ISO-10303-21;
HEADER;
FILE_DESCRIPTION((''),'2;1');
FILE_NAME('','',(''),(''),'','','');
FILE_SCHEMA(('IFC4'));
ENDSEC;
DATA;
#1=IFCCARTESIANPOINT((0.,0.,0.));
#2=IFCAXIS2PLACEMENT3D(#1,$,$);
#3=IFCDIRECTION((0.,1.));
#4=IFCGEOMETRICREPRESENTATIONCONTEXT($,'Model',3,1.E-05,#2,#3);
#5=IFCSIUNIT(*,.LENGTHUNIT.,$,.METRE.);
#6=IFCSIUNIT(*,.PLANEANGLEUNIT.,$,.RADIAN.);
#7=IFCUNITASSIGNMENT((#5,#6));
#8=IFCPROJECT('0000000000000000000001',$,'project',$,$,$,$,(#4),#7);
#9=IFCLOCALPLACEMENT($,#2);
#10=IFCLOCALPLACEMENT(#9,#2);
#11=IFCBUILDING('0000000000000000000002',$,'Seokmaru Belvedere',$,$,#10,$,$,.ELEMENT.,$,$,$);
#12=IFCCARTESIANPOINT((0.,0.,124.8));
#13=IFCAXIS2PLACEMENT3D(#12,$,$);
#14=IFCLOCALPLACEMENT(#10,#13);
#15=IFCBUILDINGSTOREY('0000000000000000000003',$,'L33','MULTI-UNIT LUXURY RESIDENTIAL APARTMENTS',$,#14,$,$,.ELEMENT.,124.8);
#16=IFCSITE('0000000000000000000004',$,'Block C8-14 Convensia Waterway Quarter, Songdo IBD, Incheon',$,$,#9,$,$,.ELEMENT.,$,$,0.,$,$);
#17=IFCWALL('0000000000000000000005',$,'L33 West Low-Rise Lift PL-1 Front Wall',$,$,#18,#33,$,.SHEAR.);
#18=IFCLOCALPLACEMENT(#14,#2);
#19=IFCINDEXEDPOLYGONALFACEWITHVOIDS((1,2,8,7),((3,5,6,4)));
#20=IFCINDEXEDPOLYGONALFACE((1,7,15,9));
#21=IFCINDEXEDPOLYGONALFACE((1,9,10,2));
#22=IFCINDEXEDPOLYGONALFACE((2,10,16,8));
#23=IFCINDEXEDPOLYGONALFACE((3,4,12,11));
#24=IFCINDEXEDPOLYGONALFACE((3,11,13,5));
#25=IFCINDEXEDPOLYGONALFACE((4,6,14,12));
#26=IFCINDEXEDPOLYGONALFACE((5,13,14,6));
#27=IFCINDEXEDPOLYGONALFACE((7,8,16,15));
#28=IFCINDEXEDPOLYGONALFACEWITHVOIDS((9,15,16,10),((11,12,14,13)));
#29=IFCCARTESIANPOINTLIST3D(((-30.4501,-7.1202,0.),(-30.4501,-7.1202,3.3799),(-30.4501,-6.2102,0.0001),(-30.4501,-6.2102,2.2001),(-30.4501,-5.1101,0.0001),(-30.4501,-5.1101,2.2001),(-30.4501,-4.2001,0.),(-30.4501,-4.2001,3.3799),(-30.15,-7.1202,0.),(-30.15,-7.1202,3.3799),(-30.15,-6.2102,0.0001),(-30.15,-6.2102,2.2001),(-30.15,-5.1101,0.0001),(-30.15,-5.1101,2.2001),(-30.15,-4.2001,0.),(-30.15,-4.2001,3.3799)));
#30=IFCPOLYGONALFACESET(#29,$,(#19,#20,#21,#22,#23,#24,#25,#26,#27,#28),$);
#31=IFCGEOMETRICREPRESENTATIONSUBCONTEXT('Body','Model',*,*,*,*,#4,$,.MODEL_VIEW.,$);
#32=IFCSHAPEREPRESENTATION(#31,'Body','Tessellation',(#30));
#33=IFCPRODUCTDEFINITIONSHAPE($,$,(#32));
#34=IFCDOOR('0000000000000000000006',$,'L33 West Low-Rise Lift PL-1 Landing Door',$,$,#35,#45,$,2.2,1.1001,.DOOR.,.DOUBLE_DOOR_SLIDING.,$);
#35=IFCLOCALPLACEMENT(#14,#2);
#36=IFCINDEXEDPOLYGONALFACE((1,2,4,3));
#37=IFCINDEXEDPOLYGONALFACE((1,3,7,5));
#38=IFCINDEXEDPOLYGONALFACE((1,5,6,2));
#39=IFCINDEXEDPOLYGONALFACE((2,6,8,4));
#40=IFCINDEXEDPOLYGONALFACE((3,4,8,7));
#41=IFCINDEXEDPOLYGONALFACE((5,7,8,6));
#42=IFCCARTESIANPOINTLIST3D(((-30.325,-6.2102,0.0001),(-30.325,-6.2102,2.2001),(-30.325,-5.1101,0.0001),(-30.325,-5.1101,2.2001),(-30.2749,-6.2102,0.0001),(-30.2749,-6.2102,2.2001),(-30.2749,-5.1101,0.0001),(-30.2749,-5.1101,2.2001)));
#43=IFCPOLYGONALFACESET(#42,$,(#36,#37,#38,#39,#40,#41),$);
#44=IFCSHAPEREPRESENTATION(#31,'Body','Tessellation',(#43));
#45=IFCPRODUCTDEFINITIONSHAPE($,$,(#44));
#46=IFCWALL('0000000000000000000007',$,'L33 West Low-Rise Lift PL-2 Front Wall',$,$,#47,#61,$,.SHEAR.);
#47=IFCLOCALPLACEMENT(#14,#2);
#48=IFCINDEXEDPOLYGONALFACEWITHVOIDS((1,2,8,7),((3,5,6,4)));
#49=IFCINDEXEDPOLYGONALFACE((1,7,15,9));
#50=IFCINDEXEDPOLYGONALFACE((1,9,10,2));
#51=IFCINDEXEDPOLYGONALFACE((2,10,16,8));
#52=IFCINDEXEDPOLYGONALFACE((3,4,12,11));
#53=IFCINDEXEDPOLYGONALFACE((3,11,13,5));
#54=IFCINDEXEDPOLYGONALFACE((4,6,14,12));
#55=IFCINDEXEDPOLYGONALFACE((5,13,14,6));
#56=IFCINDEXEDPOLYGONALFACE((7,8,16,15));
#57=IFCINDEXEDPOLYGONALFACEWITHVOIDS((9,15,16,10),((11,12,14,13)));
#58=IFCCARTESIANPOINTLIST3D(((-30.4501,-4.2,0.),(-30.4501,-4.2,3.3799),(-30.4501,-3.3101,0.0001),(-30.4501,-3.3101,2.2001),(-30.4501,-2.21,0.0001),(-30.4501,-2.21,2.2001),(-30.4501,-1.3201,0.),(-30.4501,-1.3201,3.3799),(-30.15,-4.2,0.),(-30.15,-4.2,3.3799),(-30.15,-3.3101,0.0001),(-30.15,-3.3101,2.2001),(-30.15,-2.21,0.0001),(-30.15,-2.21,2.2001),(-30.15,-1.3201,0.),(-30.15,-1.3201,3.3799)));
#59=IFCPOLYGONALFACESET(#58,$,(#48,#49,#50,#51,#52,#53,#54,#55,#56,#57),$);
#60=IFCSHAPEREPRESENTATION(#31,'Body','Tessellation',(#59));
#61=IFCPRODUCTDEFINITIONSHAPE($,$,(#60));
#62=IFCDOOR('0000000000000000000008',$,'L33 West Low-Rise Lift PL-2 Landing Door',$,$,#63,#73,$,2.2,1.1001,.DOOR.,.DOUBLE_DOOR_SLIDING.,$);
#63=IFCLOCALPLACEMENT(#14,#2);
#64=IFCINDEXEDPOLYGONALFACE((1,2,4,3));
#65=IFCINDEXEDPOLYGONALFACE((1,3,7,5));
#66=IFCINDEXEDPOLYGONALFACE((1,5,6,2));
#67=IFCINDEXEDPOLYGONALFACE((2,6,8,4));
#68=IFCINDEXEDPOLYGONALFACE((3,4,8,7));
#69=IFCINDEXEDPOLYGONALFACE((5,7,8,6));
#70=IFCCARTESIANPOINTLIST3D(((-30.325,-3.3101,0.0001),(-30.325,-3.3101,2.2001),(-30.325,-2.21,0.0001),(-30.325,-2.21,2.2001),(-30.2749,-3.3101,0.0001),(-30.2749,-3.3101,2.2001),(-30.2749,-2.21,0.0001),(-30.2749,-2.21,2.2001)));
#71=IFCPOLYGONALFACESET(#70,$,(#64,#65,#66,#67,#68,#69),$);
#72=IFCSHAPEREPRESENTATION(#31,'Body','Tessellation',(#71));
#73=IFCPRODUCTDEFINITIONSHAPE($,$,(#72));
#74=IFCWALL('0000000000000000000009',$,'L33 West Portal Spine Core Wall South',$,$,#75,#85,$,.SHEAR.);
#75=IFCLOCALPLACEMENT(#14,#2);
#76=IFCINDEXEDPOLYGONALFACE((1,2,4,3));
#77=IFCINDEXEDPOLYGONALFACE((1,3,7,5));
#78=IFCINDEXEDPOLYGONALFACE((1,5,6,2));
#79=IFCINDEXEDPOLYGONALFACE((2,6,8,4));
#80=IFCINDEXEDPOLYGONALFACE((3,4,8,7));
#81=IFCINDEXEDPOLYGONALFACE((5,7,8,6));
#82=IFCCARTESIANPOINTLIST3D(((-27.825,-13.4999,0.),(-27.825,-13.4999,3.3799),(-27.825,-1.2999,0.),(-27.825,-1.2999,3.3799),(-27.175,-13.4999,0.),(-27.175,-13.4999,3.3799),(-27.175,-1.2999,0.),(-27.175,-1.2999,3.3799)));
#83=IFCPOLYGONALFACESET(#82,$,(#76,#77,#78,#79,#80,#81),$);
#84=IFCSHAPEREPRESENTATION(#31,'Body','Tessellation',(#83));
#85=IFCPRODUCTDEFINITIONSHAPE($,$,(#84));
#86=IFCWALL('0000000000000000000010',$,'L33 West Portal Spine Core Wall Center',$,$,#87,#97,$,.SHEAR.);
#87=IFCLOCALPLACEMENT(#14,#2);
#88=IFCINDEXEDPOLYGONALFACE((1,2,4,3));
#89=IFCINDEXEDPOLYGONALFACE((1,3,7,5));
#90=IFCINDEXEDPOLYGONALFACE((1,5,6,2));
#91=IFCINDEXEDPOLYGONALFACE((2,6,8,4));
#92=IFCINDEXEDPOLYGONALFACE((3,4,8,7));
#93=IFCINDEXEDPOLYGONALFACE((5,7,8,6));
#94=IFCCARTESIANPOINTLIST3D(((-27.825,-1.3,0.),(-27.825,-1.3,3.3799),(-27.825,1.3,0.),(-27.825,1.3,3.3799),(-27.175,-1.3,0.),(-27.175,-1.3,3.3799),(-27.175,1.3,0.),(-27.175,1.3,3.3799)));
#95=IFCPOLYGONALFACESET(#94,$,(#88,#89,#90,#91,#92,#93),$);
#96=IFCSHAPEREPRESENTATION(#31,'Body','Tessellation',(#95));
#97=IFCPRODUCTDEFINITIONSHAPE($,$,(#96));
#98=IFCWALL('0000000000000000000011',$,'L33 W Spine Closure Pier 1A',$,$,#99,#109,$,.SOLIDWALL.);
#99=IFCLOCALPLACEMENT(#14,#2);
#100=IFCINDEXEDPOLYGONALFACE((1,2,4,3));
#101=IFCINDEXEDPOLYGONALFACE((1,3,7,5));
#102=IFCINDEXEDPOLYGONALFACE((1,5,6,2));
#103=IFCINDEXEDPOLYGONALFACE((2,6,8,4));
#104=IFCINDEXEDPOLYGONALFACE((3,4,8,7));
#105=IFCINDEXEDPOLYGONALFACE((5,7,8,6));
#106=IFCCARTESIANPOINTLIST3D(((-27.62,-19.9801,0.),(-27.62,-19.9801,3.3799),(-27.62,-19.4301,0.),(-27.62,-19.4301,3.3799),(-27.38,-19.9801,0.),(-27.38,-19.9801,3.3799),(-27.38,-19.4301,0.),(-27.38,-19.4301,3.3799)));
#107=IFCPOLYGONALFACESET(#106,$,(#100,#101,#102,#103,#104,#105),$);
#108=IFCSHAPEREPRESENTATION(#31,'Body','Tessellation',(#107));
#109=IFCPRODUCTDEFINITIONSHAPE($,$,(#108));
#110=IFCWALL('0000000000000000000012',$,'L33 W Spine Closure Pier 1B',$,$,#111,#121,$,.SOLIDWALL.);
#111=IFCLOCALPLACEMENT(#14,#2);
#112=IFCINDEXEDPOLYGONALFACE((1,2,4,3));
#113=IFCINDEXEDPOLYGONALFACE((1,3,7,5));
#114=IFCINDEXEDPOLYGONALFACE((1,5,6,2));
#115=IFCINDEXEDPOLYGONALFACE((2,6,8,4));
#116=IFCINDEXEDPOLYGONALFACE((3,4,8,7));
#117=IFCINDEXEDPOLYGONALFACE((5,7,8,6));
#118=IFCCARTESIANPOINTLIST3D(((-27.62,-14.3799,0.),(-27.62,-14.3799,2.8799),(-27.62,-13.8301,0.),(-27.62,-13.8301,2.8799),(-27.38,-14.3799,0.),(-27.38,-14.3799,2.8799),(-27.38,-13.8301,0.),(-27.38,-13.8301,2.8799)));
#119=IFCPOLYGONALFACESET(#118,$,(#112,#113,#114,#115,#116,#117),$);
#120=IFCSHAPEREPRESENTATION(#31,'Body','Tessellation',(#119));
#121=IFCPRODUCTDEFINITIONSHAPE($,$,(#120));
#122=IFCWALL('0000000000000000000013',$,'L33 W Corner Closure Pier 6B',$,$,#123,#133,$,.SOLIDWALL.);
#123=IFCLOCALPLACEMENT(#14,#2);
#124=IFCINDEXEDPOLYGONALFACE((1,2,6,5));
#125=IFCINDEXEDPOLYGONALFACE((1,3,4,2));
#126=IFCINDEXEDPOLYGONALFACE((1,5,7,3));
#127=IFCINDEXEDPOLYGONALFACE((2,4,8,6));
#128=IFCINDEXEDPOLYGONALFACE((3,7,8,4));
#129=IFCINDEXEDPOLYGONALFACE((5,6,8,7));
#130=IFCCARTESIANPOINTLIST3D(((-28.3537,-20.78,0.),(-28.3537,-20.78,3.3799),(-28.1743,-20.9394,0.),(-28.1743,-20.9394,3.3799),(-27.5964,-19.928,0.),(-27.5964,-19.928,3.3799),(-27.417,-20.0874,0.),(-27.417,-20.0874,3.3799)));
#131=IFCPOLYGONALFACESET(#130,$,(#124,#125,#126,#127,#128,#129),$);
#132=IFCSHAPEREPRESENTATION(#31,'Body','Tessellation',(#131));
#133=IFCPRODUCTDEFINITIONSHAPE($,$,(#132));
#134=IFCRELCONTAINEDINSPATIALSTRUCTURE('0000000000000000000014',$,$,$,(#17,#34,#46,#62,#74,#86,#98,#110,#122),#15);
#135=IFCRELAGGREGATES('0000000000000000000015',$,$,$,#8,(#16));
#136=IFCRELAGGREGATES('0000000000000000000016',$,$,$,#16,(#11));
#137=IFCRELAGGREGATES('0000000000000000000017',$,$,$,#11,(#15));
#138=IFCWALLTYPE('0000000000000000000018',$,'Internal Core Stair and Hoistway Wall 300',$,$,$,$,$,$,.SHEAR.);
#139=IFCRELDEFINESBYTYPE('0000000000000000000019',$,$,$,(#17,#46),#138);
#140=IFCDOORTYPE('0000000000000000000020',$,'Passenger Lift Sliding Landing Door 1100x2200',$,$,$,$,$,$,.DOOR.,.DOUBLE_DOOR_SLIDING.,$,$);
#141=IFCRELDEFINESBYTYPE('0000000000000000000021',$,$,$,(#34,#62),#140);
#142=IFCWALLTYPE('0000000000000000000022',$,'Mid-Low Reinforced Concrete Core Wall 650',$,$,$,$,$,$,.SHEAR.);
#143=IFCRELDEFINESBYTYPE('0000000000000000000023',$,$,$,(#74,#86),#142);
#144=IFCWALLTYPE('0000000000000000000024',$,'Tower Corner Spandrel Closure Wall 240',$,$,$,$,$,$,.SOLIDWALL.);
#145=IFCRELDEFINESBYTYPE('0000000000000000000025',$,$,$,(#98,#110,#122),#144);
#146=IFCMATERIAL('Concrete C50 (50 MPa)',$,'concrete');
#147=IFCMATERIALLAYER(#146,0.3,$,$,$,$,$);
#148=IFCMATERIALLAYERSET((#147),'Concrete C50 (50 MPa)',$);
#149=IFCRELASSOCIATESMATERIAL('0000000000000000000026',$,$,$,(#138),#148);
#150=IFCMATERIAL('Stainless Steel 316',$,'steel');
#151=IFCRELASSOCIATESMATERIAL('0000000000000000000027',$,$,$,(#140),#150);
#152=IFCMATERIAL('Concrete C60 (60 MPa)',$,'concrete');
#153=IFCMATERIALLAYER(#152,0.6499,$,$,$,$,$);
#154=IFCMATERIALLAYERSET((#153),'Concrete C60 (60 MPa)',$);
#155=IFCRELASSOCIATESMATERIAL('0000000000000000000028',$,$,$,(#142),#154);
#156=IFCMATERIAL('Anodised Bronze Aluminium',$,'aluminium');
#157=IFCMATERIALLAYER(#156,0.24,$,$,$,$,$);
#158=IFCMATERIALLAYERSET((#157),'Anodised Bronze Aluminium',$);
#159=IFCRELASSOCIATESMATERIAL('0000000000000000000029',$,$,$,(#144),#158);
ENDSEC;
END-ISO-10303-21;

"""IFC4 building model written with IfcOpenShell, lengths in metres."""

from ifc_helpers import new_model, si_unit, direction, frame, frame_2d, origin, place, context, subcontext, project, spatial, rectangle, extrude, source, transform, mapped, material, layer, layer_set, type_object, type_shapes, element, fill, save


model = new_model("IFC4")

# Units and contexts
model_context = context("Model", 3, precision=1e-05, world=origin(), true_north=direction((0.0, 1.0)))
body_context = subcontext(model_context, "Body", "Model", "MODEL_VIEW")
ifc_project = project(units=[si_unit("LENGTHUNIT", "METRE"), si_unit("PLANEANGLEUNIT", "RADIAN")], contexts=[model_context])

# Site, building, storey
site_placement = place(None, origin())
site = spatial("IfcSite", under=ifc_project, at=site_placement, Name="Block C8-14 Convensia Waterway Quarter, Songdo IBD, Incheon", CompositionType="ELEMENT", RefElevation=0.0)
building_placement = place(site_placement, origin())
building = spatial("IfcBuilding", under=site, at=building_placement, Name="Seokmaru Belvedere", CompositionType="ELEMENT")
storey_placement = place(building_placement, frame((0.0, 0.0, 124.8)))
storey = spatial("IfcBuildingStorey", under=building, at=storey_placement, Name="L33", Description="MULTI-UNIT LUXURY RESIDENTIAL APARTMENTS", CompositionType="ELEMENT", Elevation=124.8)

# Shared definitions
ifc_material_1 = material(Name="Anodised Bronze Aluminium", Category="aluminium")

# Shared definitions
ifc_material_2 = material(Name="Concrete C50 (50 MPa)", Category="concrete")

# Walls, openings, doors
ifc_layer_1 = layer(ifc_material_2, 0.3)
ifc_layer_set_1 = layer_set([ifc_layer_1], Name="Concrete C50 (50 MPa)")
wall_type_1 = type_object("IfcWallType", Name="Internal Core Stair and Hoistway Wall 300", PredefinedType="SHEAR", material=ifc_layer_set_1)
ifc_material_3 = material(Name="Stainless Steel 316", Category="steel")
wall_1_placement = place(storey_placement, frame((-30.3, -7.1201, 0.0), z_axis=(0.0, 0.0, 1.0), x_axis=(0.0, 1.0, 0.0)))
wall_1 = element("IfcWall", 1, at=wall_1_placement, inside=storey, type_object=wall_type_1, Name="L33 West Low-Rise Lift PL-1 Front Wall", PredefinedType="SHEAR", context=body_context, shape_type="SweptSolid", body=[
    extrude(rectangle(XDim=2.9202, YDim=0.3, at=frame_2d((1.46, 0.0))), origin(), (0.0, 0.0, 1.0), 3.3799),
])
opening_1_placement = place(wall_1_placement, frame((0.9099, 0.0, 0.0)))
opening_1 = element("IfcOpeningElement", 2, at=opening_1_placement, cuts=wall_1, PredefinedType="OPENING", context=body_context, shape_type="SweptSolid", body=[
    extrude(rectangle(XDim=1.1001, YDim=2.2, at=frame_2d((0.55, 1.1001))), frame((0.0, 0.1602, 0.0), z_axis=(0.0, -1.0, 0.0), x_axis=(1.0, 0.0, 0.0)), (0.0, 0.0, 1.0), 0.3201),
])
door_type_1 = type_object("IfcDoorType", Name="Passenger Lift Sliding Landing Door 1100x2200", OperationType="DOUBLE_DOOR_SLIDING", PredefinedType="DOOR", material=ifc_material_3)
shared_shape_1 = source(origin(), body_context, "Body", "SweptSolid", [
    extrude(rectangle(XDim=1.1001, YDim=2.2, at=frame_2d((0.55, 1.1001))), frame((0.0, 0.0249, 0.0), z_axis=(0.0, -1.0, 0.0), x_axis=(1.0, 0.0, 0.0)), (0.0, 0.0, 1.0), 0.05),
])
type_shapes(door_type_1, [shared_shape_1])
door_1_placement = place(opening_1_placement, origin())
door_1 = element("IfcDoor", 3, at=door_1_placement, inside=storey, type_object=door_type_1, Name="L33 West Low-Rise Lift PL-1 Landing Door", OperationType="DOUBLE_DOOR_SLIDING", OverallHeight=2.2, OverallWidth=1.1001, PredefinedType="DOOR", context=body_context, shape_type="MappedRepresentation", body=[
    mapped(shared_shape_1, transform((0.0, 0.0, 0.0), scale=1.0)),
])
fill(opening_1, door_1)
wall_2_placement = place(storey_placement, frame((-30.3, -4.2, 0.0), z_axis=(0.0, 0.0, 1.0), x_axis=(0.0, 1.0, 0.0)))
wall_2 = element("IfcWall", 4, at=wall_2_placement, inside=storey, type_object=wall_type_1, Name="L33 West Low-Rise Lift PL-2 Front Wall", PredefinedType="SHEAR", context=body_context, shape_type="SweptSolid", body=[
    extrude(rectangle(XDim=2.8799, YDim=0.3, at=frame_2d((1.4399, 0.0))), origin(), (0.0, 0.0, 1.0), 3.3799),
])
opening_2_placement = place(wall_2_placement, frame((0.8899, 0.0, 0.0)))
opening_2 = element("IfcOpeningElement", 5, at=opening_2_placement, cuts=wall_2, PredefinedType="OPENING", context=body_context, shape_type="SweptSolid", body=[
    extrude(rectangle(XDim=1.1001, YDim=2.2, at=frame_2d((0.55, 1.1001))), frame((0.0, 0.1602, 0.0), z_axis=(0.0, -1.0, 0.0), x_axis=(1.0, 0.0, 0.0)), (0.0, 0.0, 1.0), 0.3201),
])
door_2_placement = place(opening_2_placement, origin())
door_2 = element("IfcDoor", 6, at=door_2_placement, inside=storey, type_object=door_type_1, Name="L33 West Low-Rise Lift PL-2 Landing Door", OperationType="DOUBLE_DOOR_SLIDING", OverallHeight=2.2, OverallWidth=1.1001, PredefinedType="DOOR", context=body_context, shape_type="MappedRepresentation", body=[
    mapped(shared_shape_1, transform((0.0, 0.0, 0.0), scale=1.0)),
])
fill(opening_2, door_2)

# Walls
ifc_material_4 = material(Name="Concrete C60 (60 MPa)", Category="concrete")
ifc_layer_2 = layer(ifc_material_4, 0.6499)
ifc_layer_set_2 = layer_set([ifc_layer_2], Name="Concrete C60 (60 MPa)")
wall_type_2 = type_object("IfcWallType", Name="Mid-Low Reinforced Concrete Core Wall 650", PredefinedType="SHEAR", material=ifc_layer_set_2)
wall_3_placement = place(storey_placement, frame((-27.5, -13.5, 0.0), z_axis=(0.0, 0.0, 1.0), x_axis=(0.0, 1.0, 0.0)))
element("IfcWall", 7, at=wall_3_placement, inside=storey, type_object=wall_type_2, Name="L33 West Portal Spine Core Wall South", PredefinedType="SHEAR", context=body_context, shape_type="SweptSolid", body=[
    extrude(rectangle(XDim=12.2, YDim=0.6499, at=frame_2d((6.1001, 0.0))), origin(), (0.0, 0.0, 1.0), 3.3799),
])
wall_4_placement = place(storey_placement, frame((-27.5, -1.3, 0.0), z_axis=(0.0, 0.0, 1.0), x_axis=(0.0, 1.0, 0.0)))
element("IfcWall", 8, at=wall_4_placement, inside=storey, type_object=wall_type_2, Name="L33 West Portal Spine Core Wall Center", PredefinedType="SHEAR", context=body_context, shape_type="SweptSolid", body=[
    extrude(rectangle(XDim=2.6001, YDim=0.6499, at=frame_2d((1.3, 0.0))), origin(), (0.0, 0.0, 1.0), 3.3799),
])
ifc_layer_3 = layer(ifc_material_1, 0.24)
ifc_layer_set_3 = layer_set([ifc_layer_3], Name="Anodised Bronze Aluminium")
wall_type_3 = type_object("IfcWallType", Name="Tower Corner Spandrel Closure Wall 240", PredefinedType="SOLIDWALL", material=ifc_layer_set_3)
wall_5_placement = place(storey_placement, frame((-27.5, -19.98, 0.0), z_axis=(0.0, 0.0, 1.0), x_axis=(0.0, 1.0, 0.0)))
element("IfcWall", 9, at=wall_5_placement, inside=storey, type_object=wall_type_3, Name="L33 W Spine Closure Pier 1A", PredefinedType="SOLIDWALL", context=body_context, shape_type="SweptSolid", body=[
    extrude(rectangle(XDim=0.55, YDim=0.24, at=frame_2d((0.2749, 0.0))), origin(), (0.0, 0.0, 1.0), 3.3799),
])
wall_6_placement = place(storey_placement, frame((-27.5, -14.3799, 0.0), z_axis=(0.0, 0.0, 1.0), x_axis=(0.0, 1.0, 0.0)))
element("IfcWall", 10, at=wall_6_placement, inside=storey, type_object=wall_type_3, Name="L33 W Spine Closure Pier 1B", PredefinedType="SOLIDWALL", context=body_context, shape_type="SweptSolid", body=[
    extrude(rectangle(XDim=0.5498, YDim=0.24, at=frame_2d((0.2749, 0.0))), origin(), (0.0, 0.0, 1.0), 2.8799),
])
wall_7_placement = place(storey_placement, frame((-28.2639, -20.8596, 0.0), z_axis=(0.0, 0.0, 1.0), x_axis=(0.664337, 0.747433, 0.0)))
element("IfcWall", 11, at=wall_7_placement, inside=storey, type_object=wall_type_3, Name="L33 W Corner Closure Pier 6B", PredefinedType="SOLIDWALL", context=body_context, shape_type="SweptSolid", body=[
    extrude(rectangle(XDim=1.1399, YDim=0.24, at=frame_2d((0.5698, 0.0))), origin(), (0.0, 0.0, 1.0), 3.3799),
])

save(model, "model.ifc")
